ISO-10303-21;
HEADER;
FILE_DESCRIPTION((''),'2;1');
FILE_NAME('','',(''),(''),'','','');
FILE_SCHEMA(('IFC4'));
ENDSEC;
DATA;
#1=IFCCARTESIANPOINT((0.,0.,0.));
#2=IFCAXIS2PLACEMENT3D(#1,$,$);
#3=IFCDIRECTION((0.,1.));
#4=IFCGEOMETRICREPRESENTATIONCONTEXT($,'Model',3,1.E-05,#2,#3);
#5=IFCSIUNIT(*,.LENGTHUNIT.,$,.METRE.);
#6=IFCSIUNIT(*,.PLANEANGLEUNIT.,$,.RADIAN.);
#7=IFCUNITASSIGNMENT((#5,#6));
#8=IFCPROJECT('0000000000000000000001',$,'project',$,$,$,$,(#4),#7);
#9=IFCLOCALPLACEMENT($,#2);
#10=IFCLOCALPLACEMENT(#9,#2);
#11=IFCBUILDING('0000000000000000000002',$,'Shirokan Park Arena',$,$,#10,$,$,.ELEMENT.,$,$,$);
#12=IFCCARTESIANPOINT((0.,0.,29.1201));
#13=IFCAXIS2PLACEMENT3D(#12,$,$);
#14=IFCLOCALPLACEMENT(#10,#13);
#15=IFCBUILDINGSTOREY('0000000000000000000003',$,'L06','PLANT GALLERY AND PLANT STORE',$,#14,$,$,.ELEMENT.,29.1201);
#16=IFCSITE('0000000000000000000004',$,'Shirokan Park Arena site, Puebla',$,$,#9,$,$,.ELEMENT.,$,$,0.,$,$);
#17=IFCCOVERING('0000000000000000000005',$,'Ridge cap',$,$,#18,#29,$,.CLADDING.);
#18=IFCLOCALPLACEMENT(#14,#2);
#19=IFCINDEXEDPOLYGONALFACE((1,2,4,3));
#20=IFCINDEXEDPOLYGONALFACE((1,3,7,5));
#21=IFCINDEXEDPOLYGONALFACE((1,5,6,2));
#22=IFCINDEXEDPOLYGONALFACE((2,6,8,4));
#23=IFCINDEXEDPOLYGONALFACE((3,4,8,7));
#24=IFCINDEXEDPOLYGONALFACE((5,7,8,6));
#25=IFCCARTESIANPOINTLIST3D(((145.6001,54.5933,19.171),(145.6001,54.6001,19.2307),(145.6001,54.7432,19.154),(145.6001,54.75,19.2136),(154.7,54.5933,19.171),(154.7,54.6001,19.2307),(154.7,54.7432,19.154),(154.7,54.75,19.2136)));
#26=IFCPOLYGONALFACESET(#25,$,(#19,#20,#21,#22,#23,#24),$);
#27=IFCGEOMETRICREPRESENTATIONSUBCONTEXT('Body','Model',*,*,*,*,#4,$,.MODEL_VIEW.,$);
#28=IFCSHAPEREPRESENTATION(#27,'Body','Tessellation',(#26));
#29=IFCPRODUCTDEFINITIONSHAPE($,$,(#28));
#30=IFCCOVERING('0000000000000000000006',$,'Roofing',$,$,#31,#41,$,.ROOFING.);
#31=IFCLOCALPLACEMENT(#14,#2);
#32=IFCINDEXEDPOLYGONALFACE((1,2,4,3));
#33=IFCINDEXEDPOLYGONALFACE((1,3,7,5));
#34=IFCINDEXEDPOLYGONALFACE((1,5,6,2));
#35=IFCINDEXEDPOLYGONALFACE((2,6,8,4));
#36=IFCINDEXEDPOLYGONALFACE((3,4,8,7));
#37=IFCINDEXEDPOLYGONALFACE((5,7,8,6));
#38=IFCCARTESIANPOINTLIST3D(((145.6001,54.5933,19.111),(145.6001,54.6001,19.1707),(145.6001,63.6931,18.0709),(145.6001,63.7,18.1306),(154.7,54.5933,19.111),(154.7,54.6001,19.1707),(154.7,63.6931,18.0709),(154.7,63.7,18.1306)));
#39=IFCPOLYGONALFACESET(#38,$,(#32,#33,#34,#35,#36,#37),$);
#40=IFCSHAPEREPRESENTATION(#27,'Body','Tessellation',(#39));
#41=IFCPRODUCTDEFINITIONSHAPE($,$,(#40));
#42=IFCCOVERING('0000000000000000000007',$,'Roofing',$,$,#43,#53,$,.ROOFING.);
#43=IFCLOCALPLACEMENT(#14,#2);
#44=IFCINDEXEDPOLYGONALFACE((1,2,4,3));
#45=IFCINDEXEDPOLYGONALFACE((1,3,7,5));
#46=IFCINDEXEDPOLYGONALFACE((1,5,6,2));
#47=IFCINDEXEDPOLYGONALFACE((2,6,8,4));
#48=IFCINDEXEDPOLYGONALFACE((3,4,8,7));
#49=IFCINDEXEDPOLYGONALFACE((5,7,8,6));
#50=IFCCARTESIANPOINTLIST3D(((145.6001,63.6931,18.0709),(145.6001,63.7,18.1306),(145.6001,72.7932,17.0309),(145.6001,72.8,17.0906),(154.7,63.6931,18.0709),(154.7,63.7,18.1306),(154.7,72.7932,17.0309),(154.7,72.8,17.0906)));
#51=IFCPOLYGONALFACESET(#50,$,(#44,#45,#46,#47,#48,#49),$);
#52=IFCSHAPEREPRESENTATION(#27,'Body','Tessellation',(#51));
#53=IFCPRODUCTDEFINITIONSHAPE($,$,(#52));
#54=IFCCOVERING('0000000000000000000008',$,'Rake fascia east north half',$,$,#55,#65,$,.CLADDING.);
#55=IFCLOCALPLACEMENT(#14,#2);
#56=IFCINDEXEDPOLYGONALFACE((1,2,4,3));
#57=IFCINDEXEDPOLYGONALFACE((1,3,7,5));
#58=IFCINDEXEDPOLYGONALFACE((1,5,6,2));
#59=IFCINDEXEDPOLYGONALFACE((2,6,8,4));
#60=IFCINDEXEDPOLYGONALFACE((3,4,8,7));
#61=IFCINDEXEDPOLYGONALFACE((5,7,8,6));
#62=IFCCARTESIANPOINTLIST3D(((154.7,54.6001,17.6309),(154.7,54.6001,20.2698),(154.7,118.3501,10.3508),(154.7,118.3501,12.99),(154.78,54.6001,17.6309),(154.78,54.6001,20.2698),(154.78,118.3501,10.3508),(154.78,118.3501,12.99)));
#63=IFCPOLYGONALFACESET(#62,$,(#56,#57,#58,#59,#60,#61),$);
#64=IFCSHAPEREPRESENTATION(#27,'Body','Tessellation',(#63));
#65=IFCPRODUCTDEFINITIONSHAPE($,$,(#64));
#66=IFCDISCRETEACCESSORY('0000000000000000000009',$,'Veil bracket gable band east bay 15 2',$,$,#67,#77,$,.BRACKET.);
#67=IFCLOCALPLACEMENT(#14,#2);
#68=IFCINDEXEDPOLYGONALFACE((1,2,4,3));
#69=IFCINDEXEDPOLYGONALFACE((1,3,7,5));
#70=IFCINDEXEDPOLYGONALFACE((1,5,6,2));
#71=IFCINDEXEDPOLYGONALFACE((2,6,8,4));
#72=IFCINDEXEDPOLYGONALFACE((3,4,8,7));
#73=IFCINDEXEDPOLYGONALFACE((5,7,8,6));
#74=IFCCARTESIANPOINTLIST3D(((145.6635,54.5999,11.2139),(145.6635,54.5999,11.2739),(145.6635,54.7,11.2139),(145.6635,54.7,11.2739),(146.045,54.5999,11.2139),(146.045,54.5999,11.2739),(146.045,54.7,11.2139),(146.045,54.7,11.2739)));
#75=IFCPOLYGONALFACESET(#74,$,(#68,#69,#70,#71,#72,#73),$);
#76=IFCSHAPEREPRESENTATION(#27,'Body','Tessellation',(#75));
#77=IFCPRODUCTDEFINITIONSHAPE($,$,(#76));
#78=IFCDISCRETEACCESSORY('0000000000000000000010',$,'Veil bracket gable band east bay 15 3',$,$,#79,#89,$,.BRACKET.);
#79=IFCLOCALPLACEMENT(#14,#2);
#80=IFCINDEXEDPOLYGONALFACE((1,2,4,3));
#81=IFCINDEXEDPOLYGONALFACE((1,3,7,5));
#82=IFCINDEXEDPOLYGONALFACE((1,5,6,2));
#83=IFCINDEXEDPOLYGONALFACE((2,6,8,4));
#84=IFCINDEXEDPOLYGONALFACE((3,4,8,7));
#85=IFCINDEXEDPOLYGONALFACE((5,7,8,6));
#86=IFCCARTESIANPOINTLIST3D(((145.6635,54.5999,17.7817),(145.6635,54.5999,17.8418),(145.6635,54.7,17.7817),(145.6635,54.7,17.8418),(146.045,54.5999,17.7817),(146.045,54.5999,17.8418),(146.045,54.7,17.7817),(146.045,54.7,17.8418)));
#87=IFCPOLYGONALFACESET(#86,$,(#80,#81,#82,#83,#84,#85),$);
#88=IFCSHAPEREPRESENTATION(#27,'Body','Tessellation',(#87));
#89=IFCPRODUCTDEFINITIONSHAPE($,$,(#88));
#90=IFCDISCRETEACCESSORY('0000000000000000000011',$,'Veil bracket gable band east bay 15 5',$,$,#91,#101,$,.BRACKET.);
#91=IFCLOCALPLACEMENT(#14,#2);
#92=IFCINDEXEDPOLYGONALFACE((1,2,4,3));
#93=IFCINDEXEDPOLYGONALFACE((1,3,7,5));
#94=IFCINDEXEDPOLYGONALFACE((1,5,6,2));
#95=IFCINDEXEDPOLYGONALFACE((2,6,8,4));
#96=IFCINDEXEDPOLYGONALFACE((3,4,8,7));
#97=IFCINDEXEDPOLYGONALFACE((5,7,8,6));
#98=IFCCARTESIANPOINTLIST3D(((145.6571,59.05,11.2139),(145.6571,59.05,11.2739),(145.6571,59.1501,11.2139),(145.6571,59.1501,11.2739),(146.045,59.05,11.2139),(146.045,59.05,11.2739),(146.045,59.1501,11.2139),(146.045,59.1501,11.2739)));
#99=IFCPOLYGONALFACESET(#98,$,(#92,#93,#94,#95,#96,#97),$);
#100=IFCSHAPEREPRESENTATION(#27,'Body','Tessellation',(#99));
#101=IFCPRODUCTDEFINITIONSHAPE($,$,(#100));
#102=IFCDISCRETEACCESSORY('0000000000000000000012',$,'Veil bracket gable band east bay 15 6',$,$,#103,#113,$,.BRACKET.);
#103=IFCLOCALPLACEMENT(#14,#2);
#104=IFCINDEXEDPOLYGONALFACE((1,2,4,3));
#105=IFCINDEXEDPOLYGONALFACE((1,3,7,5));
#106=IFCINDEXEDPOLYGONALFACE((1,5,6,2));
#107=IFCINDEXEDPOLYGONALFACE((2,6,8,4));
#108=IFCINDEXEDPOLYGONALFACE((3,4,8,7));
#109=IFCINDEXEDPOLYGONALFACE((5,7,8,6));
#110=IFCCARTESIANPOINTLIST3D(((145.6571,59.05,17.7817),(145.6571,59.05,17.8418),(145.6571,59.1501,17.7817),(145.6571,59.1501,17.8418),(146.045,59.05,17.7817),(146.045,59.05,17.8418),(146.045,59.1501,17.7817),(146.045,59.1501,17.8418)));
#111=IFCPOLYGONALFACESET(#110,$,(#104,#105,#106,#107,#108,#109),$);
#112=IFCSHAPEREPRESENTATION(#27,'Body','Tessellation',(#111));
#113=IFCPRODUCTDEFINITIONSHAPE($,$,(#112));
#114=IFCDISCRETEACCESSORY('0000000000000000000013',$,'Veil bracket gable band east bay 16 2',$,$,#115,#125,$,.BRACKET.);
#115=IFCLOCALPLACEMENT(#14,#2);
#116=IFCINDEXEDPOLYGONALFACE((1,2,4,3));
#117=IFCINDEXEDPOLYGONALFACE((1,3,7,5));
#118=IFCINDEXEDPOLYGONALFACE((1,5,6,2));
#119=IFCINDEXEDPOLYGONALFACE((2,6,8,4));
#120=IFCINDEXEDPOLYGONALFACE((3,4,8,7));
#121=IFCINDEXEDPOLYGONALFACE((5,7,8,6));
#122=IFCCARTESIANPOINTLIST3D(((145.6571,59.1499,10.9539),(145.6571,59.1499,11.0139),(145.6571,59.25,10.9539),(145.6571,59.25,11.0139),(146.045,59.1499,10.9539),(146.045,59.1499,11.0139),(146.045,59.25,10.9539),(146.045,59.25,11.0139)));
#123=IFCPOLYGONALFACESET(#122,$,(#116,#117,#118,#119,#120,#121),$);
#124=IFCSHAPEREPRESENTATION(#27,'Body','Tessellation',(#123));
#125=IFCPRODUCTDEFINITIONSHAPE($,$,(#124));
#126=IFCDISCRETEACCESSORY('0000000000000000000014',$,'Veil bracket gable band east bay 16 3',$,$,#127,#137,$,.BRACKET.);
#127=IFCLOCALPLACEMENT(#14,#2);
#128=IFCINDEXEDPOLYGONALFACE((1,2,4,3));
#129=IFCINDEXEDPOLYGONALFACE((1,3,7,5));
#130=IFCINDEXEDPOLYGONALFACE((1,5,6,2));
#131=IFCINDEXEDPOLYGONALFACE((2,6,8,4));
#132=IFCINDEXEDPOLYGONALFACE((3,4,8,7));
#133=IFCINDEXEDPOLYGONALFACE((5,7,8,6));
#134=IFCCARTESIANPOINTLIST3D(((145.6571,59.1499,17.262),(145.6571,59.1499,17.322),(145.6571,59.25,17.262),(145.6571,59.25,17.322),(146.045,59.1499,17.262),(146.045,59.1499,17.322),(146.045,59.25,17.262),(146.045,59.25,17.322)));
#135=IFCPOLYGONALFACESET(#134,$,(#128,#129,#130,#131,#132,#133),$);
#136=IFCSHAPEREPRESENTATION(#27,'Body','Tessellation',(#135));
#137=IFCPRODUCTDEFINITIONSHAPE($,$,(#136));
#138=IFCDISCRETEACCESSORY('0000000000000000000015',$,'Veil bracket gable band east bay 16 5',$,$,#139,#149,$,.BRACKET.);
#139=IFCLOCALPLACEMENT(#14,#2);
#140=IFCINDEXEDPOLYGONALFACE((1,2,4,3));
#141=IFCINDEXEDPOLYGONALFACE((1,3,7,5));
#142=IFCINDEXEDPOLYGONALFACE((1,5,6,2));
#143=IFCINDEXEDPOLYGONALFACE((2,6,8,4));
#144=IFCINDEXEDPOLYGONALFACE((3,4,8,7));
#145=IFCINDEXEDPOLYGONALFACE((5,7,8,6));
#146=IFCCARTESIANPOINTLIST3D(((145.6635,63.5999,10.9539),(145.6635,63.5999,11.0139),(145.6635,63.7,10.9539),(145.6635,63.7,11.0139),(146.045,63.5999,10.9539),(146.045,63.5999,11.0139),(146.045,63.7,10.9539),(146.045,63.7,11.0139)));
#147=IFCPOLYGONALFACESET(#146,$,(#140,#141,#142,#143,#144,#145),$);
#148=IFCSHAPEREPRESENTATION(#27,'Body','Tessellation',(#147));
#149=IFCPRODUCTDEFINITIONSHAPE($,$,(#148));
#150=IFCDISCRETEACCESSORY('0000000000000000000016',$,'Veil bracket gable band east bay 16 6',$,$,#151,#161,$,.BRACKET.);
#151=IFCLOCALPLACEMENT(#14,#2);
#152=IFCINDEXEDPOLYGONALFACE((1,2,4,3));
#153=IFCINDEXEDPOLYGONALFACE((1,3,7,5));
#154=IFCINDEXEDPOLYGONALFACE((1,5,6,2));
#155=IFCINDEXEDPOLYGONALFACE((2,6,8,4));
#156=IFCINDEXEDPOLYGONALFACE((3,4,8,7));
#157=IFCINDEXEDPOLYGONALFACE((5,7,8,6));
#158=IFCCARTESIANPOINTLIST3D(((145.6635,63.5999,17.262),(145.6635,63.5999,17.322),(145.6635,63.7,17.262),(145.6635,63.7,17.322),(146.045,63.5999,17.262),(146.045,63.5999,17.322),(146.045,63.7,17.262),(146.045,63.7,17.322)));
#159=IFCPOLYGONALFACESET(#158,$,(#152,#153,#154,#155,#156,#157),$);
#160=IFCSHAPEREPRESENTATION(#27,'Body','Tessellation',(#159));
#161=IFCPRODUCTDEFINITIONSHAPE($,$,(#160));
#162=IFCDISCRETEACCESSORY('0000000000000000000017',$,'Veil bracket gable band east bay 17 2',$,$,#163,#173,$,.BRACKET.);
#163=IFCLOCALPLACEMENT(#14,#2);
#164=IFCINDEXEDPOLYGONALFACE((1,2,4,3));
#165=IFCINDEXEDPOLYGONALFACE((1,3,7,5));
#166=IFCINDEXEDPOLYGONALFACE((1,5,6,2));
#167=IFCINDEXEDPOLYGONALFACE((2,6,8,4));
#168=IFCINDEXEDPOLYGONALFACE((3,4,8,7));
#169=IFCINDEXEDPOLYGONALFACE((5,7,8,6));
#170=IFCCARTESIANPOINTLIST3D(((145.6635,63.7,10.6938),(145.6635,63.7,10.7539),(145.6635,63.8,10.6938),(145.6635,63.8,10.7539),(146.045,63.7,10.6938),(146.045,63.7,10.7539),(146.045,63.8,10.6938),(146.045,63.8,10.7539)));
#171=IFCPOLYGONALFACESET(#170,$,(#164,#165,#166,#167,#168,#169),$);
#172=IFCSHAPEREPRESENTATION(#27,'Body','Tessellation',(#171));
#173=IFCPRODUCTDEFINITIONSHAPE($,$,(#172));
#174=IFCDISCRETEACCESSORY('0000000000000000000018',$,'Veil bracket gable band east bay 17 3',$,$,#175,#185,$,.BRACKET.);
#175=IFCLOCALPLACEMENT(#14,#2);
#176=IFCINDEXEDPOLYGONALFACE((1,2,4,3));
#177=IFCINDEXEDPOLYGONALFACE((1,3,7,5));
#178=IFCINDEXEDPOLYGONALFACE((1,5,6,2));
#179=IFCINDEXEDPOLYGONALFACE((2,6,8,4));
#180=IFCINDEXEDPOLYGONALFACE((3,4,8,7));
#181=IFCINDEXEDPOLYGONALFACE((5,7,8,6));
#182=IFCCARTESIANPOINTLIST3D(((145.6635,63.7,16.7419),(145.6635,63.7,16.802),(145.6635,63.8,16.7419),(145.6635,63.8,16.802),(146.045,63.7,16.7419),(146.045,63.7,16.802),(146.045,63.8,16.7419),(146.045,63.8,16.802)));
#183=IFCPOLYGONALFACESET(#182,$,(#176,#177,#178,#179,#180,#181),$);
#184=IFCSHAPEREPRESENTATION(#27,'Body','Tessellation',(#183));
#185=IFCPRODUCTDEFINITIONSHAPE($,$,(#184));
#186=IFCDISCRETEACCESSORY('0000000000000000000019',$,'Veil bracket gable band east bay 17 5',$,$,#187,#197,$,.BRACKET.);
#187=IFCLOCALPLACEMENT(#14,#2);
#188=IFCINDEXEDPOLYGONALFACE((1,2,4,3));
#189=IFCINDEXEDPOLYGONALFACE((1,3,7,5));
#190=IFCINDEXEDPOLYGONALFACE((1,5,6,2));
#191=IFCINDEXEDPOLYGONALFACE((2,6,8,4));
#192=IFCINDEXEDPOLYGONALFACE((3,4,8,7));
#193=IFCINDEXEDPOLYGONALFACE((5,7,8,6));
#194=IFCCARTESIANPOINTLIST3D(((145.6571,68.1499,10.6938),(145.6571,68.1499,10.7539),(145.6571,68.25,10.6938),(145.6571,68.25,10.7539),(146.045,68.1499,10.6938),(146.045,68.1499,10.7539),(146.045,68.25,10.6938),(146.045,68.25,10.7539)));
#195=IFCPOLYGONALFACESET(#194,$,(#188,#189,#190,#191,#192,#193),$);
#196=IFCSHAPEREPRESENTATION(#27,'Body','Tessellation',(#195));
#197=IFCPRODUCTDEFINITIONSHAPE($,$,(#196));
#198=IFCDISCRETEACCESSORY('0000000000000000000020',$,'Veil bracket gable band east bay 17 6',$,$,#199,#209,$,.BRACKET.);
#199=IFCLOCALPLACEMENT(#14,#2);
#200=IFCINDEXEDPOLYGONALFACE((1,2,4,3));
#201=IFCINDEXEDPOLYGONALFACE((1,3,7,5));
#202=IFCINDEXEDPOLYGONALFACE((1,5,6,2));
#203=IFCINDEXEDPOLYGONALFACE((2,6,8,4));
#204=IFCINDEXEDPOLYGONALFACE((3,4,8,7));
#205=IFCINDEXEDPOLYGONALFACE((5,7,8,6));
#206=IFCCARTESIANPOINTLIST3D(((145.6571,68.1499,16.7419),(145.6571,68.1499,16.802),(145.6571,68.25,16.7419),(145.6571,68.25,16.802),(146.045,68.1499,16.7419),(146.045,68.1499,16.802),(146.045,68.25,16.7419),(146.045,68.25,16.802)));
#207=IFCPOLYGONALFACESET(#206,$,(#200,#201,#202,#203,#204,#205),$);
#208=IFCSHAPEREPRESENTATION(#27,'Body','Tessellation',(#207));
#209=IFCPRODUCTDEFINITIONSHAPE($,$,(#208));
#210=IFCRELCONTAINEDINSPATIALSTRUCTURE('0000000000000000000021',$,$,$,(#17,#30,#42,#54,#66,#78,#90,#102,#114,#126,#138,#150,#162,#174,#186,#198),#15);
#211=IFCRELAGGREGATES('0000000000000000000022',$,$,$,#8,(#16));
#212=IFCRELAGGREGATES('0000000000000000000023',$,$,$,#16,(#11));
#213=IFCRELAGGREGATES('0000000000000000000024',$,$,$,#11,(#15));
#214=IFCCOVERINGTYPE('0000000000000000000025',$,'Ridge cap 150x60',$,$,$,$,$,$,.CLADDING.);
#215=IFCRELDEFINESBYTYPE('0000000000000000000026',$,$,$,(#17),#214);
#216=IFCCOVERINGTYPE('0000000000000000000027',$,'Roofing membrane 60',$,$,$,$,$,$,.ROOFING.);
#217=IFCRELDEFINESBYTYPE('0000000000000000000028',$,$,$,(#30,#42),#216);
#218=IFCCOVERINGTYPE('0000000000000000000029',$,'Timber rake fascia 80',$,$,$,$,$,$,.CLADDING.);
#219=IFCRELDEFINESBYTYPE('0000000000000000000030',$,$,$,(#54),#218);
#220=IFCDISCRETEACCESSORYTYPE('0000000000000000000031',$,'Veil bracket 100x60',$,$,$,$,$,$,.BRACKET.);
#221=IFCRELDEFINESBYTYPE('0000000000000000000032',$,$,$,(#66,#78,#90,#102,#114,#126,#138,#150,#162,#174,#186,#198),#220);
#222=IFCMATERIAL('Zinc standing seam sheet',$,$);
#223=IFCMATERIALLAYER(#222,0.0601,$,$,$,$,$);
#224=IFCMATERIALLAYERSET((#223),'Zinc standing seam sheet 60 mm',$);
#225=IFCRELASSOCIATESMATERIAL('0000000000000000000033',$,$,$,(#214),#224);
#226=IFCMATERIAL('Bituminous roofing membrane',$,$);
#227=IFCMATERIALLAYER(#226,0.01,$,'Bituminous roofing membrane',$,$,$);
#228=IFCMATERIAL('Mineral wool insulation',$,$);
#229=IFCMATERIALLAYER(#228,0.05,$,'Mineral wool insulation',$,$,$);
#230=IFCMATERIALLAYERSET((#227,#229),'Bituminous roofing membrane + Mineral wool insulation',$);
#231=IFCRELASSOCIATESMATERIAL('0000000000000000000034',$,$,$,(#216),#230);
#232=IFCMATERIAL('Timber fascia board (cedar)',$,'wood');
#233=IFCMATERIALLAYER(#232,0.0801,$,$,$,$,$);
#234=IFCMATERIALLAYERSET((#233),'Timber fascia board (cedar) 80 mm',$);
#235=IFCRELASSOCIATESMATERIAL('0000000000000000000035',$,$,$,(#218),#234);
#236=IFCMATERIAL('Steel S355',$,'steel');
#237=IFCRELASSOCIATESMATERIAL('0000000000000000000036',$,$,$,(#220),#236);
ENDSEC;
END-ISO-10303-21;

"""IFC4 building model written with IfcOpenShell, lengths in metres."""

from ifc_helpers import new_model, si_unit, direction, frame, origin, origin_2d, place, context, subcontext, project, spatial, polyline, rectangle, outline, extrude, material, layer, layer_set, type_object, element, save


model = new_model("IFC4")

# Units and contexts
model_context = context("Model", 3, precision=1e-05, world=origin(), true_north=direction((0.0, 1.0)))
body_context = subcontext(model_context, "Body", "Model", "MODEL_VIEW")
ifc_project = project(units=[si_unit("LENGTHUNIT", "METRE"), si_unit("PLANEANGLEUNIT", "RADIAN")], contexts=[model_context])

# Site, building, storey
site_placement = place(None, origin())
site = spatial("IfcSite", under=ifc_project, at=site_placement, Name="Shirokan Park Arena site, Puebla", CompositionType="ELEMENT", RefElevation=0.0)
building_placement = place(site_placement, origin())
building = spatial("IfcBuilding", under=site, at=building_placement, Name="Shirokan Park Arena", CompositionType="ELEMENT")
storey_placement = place(building_placement, frame((0.0, 0.0, 29.1201)))
storey = spatial("IfcBuildingStorey", under=building, at=storey_placement, Name="L06", Description="PLANT GALLERY AND PLANT STORE", CompositionType="ELEMENT", Elevation=29.1201)

# Coverings
ifc_material_1 = material(Name="Zinc standing seam sheet")
ifc_layer_1 = layer(ifc_material_1, 0.0601)
ifc_layer_set_1 = layer_set([ifc_layer_1], Name="Zinc standing seam sheet 60 mm")
covering_type_1 = type_object("IfcCoveringType", Name="Ridge cap 150x60", PredefinedType="CLADDING", material=ifc_layer_set_1)
covering_1_placement = place(storey_placement, frame((145.6001, 54.6001, 19.2307), z_axis=(0.0, 0.113273, 0.993564), x_axis=(1.0, 0.0, 0.0)))
element("IfcCovering", 1, at=covering_1_placement, inside=storey, type_object=covering_type_1, Name="Ridge cap", PredefinedType="CLADDING", context=body_context, shape_type="SweptSolid", body=[
    extrude(outline(polyline([(0.0, 0.0), (9.0999, 0.0), (9.0999, 0.1509), (0.0, 0.1509), (0.0, 0.0)])), origin(), (0.0, 0.0, -1.0), 0.0601),
])
ifc_material_2 = material(Name="Bituminous roofing membrane")
ifc_layer_2 = layer(ifc_material_2, 0.01, Name="Bituminous roofing membrane")
ifc_material_3 = material(Name="Mineral wool insulation")
ifc_layer_3 = layer(ifc_material_3, 0.05, Name="Mineral wool insulation")
ifc_layer_set_2 = layer_set([ifc_layer_2, ifc_layer_3], Name="Bituminous roofing membrane + Mineral wool insulation")
covering_type_2 = type_object("IfcCoveringType", Name="Roofing membrane 60", PredefinedType="ROOFING", material=ifc_layer_set_2)
covering_2_placement = place(storey_placement, frame((145.6001, 54.6001, 19.1707), z_axis=(0.0, 0.113553, 0.993532), x_axis=(1.0, 0.0, 0.0)))
element("IfcCovering", 2, at=covering_2_placement, inside=storey, type_object=covering_type_2, Name="Roofing", PredefinedType="ROOFING", context=body_context, shape_type="SweptSolid", body=[
    extrude(outline(polyline([(0.0, 0.0), (9.0999, 0.0), (9.0999, 9.1591), (0.0, 9.1591), (0.0, 0.0)])), origin(), (0.0, 0.0, -1.0), 0.0601),
])
covering_3_placement = place(storey_placement, frame((145.6001, 63.7, 18.1306), z_axis=(0.0, 0.11355, 0.993532), x_axis=(1.0, 0.0, 0.0)))
element("IfcCovering", 3, at=covering_3_placement, inside=storey, type_object=covering_type_2, Name="Roofing", PredefinedType="ROOFING", context=body_context, shape_type="SweptSolid", body=[
    extrude(outline(polyline([(0.0, 0.0), (9.0999, 0.0), (9.0999, 9.1593), (0.0, 9.1593), (0.0, 0.0)])), origin(), (0.0, 0.0, -1.0), 0.0601),
])
ifc_material_4 = material(Name="Timber fascia board (cedar)", Category="wood")
ifc_layer_4 = layer(ifc_material_4, 0.0801)
ifc_layer_set_3 = layer_set([ifc_layer_4], Name="Timber fascia board (cedar) 80 mm")
covering_type_3 = type_object("IfcCoveringType", Name="Timber rake fascia 80", PredefinedType="CLADDING", material=ifc_layer_set_3)
covering_4_placement = place(storey_placement, frame((154.78, 54.6001, 17.6309), z_axis=(1.0, 0.0, 0.0), x_axis=(0.0, 0.993543, -0.113459)))
element("IfcCovering", 4, at=covering_4_placement, inside=storey, type_object=covering_type_3, Name="Rake fascia east north half", PredefinedType="CLADDING", context=body_context, shape_type="SweptSolid", body=[
    extrude(outline(polyline([(0.0, 0.0), (64.1643, 0.0), (63.8649, 2.6221), (-0.2994, 2.6219), (0.0, 0.0)])), origin(), (0.0, 0.0, -1.0), 0.0801),
])

# Discrete accessories
ifc_material_5 = material(Name="Steel S355", Category="steel")
discrete_accessory_type = type_object("IfcDiscreteAccessoryType", Name="Veil bracket 100x60", PredefinedType="BRACKET", material=ifc_material_5)
for number, where, z_axis, x_axis, name in (
    (5, (145.8542, 54.6499, 11.2139), (0.0, 0.0, 1.0), (1.0, 0.0, 0.0), "Veil bracket gable band east bay 15 2"),
    (6, (145.8542, 54.6499, 17.7817), (0.0, 0.0, 1.0), (1.0, 0.0, 0.0), "Veil bracket gable band east bay 15 3"),
):
    element("IfcDiscreteAccessory", number, at=place(storey_placement, frame(where, z_axis=z_axis, x_axis=x_axis)), inside=storey, type_object=discrete_accessory_type, Name=name, PredefinedType="BRACKET", context=body_context, shape_type="SweptSolid", body=[
        extrude(rectangle(XDim=0.3816, YDim=0.1001, at=origin_2d()), origin(), (0.0, 0.0, 1.0), 0.0601),
    ])
for number, where, z_axis, x_axis, name in (
    (7, (145.8511, 59.1001, 11.2139), (0.0, 0.0, 1.0), (1.0, 0.0, 0.0), "Veil bracket gable band east bay 15 5"),
    (8, (145.8511, 59.1001, 17.7817), (0.0, 0.0, 1.0), (1.0, 0.0, 0.0), "Veil bracket gable band east bay 15 6"),
    (9, (145.8511, 59.2, 10.9539), (0.0, 0.0, 1.0), (1.0, 0.0, 0.0), "Veil bracket gable band east bay 16 2"),
    (10, (145.8511, 59.2, 17.262), (0.0, 0.0, 1.0), (1.0, 0.0, 0.0), "Veil bracket gable band east bay 16 3"),
):
    element("IfcDiscreteAccessory", number, at=place(storey_placement, frame(where, z_axis=z_axis, x_axis=x_axis)), inside=storey, type_object=discrete_accessory_type, Name=name, PredefinedType="BRACKET", context=body_context, shape_type="SweptSolid", body=[
        extrude(rectangle(XDim=0.3879, YDim=0.1001, at=origin_2d()), origin(), (0.0, 0.0, 1.0), 0.0601),
    ])
for number, where, z_axis, x_axis, name in (
    (11, (145.8542, 63.6499, 10.9539), (0.0, 0.0, 1.0), (1.0, 0.0, 0.0), "Veil bracket gable band east bay 16 5"),
    (12, (145.8542, 63.6499, 17.262), (0.0, 0.0, 1.0), (1.0, 0.0, 0.0), "Veil bracket gable band east bay 16 6"),
    (13, (145.8542, 63.75, 10.6938), (0.0, 0.0, 1.0), (1.0, 0.0, 0.0), "Veil bracket gable band east bay 17 2"),
    (14, (145.8542, 63.75, 16.7419), (0.0, 0.0, 1.0), (1.0, 0.0, 0.0), "Veil bracket gable band east bay 17 3"),
):
    element("IfcDiscreteAccessory", number, at=place(storey_placement, frame(where, z_axis=z_axis, x_axis=x_axis)), inside=storey, type_object=discrete_accessory_type, Name=name, PredefinedType="BRACKET", context=body_context, shape_type="SweptSolid", body=[
        extrude(rectangle(XDim=0.3816, YDim=0.1001, at=origin_2d()), origin(), (0.0, 0.0, 1.0), 0.0601),
    ])
for number, where, z_axis, x_axis, name in (
    (15, (145.8511, 68.2, 10.6938), (0.0, 0.0, 1.0), (1.0, 0.0, 0.0), "Veil bracket gable band east bay 17 5"),
    (16, (145.8511, 68.2, 16.7419), (0.0, 0.0, 1.0), (1.0, 0.0, 0.0), "Veil bracket gable band east bay 17 6"),
):
    element("IfcDiscreteAccessory", number, at=place(storey_placement, frame(where, z_axis=z_axis, x_axis=x_axis)), inside=storey, type_object=discrete_accessory_type, Name=name, PredefinedType="BRACKET", context=body_context, shape_type="SweptSolid", body=[
        extrude(rectangle(XDim=0.3879, YDim=0.1001, at=origin_2d()), origin(), (0.0, 0.0, 1.0), 0.0601),
    ])

save(model, "model.ifc")
